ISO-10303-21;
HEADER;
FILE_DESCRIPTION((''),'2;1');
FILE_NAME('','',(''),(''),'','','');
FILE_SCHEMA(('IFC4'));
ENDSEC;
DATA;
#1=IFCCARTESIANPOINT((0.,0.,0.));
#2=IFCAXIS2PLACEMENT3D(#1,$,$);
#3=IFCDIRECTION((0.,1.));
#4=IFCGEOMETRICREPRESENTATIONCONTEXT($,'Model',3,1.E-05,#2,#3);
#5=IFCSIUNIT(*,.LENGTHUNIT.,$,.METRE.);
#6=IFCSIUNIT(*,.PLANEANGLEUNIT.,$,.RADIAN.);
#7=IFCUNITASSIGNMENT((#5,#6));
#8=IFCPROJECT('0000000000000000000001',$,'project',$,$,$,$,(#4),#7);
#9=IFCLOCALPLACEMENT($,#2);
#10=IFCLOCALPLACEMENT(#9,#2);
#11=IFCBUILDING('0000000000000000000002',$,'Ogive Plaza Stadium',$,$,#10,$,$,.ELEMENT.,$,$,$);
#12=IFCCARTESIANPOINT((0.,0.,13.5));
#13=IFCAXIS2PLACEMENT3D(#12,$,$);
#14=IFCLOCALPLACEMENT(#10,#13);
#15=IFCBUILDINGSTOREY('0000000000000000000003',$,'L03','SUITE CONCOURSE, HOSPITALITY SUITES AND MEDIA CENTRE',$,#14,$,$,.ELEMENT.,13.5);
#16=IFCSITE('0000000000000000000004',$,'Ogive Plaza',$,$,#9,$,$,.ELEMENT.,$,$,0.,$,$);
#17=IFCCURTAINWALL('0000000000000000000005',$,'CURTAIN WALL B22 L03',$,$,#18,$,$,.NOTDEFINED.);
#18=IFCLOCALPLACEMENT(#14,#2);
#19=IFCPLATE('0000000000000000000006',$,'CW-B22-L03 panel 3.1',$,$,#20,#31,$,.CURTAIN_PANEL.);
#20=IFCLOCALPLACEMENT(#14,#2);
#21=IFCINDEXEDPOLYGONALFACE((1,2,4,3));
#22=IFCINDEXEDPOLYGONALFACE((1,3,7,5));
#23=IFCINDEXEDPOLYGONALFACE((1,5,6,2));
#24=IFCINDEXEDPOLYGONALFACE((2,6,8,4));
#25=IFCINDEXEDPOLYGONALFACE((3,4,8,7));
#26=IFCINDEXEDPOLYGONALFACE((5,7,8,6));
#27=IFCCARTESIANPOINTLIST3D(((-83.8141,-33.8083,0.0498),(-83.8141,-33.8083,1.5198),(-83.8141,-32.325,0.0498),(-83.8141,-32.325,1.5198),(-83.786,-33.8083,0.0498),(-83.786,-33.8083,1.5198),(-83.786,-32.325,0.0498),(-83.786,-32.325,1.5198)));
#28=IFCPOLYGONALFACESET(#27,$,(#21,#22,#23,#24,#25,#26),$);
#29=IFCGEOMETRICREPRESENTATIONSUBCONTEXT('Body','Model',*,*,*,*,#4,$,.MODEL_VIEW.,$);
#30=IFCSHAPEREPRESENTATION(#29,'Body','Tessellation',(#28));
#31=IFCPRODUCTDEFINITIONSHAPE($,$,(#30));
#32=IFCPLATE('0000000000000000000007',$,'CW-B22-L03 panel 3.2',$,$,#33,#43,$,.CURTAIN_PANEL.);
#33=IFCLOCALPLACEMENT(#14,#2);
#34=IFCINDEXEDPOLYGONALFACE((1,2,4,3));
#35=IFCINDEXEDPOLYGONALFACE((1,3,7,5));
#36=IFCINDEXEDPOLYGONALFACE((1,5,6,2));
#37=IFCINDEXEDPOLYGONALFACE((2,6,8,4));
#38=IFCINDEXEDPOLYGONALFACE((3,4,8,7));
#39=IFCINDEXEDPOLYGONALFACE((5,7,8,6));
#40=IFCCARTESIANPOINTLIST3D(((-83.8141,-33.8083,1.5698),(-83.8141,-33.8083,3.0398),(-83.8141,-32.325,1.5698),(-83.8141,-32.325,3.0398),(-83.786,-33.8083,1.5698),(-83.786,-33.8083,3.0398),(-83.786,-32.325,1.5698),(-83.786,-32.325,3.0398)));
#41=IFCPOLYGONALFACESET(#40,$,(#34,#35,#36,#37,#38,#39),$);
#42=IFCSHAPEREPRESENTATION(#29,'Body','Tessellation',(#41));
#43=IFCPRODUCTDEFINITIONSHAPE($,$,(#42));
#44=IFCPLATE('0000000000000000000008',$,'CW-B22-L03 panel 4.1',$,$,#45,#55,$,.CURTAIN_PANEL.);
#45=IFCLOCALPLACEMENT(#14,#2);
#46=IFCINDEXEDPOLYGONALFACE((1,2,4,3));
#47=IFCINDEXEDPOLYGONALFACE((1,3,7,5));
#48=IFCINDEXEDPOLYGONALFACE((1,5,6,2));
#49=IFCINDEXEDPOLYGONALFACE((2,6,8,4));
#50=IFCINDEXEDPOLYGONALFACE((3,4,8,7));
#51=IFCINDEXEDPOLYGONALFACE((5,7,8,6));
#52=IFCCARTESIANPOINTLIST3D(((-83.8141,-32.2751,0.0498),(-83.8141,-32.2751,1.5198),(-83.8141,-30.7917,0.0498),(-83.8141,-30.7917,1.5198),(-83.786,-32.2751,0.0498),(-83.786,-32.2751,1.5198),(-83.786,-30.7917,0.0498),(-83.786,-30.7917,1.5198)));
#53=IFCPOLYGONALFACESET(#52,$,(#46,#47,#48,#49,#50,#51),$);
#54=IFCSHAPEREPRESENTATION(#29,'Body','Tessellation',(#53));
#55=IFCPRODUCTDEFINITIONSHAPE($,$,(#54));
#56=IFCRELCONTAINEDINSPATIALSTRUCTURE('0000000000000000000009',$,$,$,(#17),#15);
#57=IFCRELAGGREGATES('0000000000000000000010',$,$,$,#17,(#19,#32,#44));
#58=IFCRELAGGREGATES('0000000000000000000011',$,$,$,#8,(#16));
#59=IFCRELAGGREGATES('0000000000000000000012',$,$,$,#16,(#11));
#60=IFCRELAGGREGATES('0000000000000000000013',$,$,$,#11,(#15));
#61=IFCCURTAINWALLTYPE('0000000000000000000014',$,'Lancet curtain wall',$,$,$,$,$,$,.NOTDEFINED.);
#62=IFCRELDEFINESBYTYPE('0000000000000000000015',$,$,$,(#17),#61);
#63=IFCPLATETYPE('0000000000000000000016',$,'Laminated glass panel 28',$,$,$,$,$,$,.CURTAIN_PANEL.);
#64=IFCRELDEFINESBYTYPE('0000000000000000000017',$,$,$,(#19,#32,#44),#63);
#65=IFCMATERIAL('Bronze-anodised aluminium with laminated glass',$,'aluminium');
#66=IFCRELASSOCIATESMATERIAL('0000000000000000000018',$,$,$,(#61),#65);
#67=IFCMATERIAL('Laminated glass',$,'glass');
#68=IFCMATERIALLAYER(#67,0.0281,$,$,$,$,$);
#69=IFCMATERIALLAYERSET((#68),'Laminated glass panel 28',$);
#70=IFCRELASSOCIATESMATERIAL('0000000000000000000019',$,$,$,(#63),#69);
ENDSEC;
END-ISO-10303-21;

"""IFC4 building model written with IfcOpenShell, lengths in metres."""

from ifc_helpers import new_model, si_unit, direction, frame, origin, origin_2d, place, context, subcontext, project, spatial, rectangle, extrude, material, layer, layer_set, type_object, element, aggregate, save


model = new_model("IFC4")

# Units and contexts
model_context = context("Model", 3, precision=1e-05, world=origin(), true_north=direction((0.0, 1.0)))
body_context = subcontext(model_context, "Body", "Model", "MODEL_VIEW")
ifc_project = project(units=[si_unit("LENGTHUNIT", "METRE"), si_unit("PLANEANGLEUNIT", "RADIAN")], contexts=[model_context])

# Site, building, storey
site_placement = place(None, origin())
site = spatial("IfcSite", under=ifc_project, at=site_placement, Name="Ogive Plaza", CompositionType="ELEMENT", RefElevation=0.0)
building_placement = place(site_placement, origin())
building = spatial("IfcBuilding", under=site, at=building_placement, Name="Ogive Plaza Stadium", CompositionType="ELEMENT")
storey_placement = place(building_placement, frame((0.0, 0.0, 13.5)))
storey = spatial("IfcBuildingStorey", under=building, at=storey_placement, Name="L03", Description="SUITE CONCOURSE, HOSPITALITY SUITES AND MEDIA CENTRE", CompositionType="ELEMENT", Elevation=13.5)

# Shared definitions
ifc_material_1 = material(Name="Bronze-anodised aluminium with laminated glass", Category="aluminium")
curtain_wall_type = type_object("IfcCurtainWallType", Name="Lancet curtain wall", PredefinedType="NOTDEFINED", material=ifc_material_1)

# Curtain wall
curtain_wall_1_placement = place(storey_placement, origin())
curtain_wall_1 = element("IfcCurtainWall", 1, at=curtain_wall_1_placement, inside=storey, type_object=curtain_wall_type, Name="CURTAIN WALL B22 L03", PredefinedType="NOTDEFINED")

# Plates
ifc_material_2 = material(Name="Laminated glass", Category="glass")
ifc_layer = layer(ifc_material_2, 0.0281)
ifc_layer_set = layer_set([ifc_layer], Name="Laminated glass panel 28")
plate_type = type_object("IfcPlateType", Name="Laminated glass panel 28", PredefinedType="CURTAIN_PANEL", material=ifc_layer_set)
plate_1_placement = place(storey_placement, frame((-83.8, -33.0667, 0.0498), z_axis=(0.0, 0.0, 1.0), x_axis=(0.0, 1.0, 0.0)))
plate_1 = element("IfcPlate", 2, at=plate_1_placement, type_object=plate_type, Name="CW-B22-L03 panel 3.1", PredefinedType="CURTAIN_PANEL", context=body_context, shape_type="SweptSolid", body=[
    extrude(rectangle(XDim=1.4834, YDim=0.0281, at=origin_2d()), origin(), (0.0, 0.0, 1.0), 1.47),
])
plate_2_placement = place(storey_placement, frame((-83.8, -33.0667, 1.5698), z_axis=(0.0, 0.0, 1.0), x_axis=(0.0, 1.0, 0.0)))
plate_2 = element("IfcPlate", 3, at=plate_2_placement, type_object=plate_type, Name="CW-B22-L03 panel 3.2", PredefinedType="CURTAIN_PANEL", context=body_context, shape_type="SweptSolid", body=[
    extrude(rectangle(XDim=1.4834, YDim=0.0281, at=origin_2d()), origin(), (0.0, 0.0, 1.0), 1.47),
])
plate_3_placement = place(storey_placement, frame((-83.8, -31.5334, 0.0498), z_axis=(0.0, 0.0, 1.0), x_axis=(0.0, 1.0, 0.0)))
plate_3 = element("IfcPlate", 4, at=plate_3_placement, type_object=plate_type, Name="CW-B22-L03 panel 4.1", PredefinedType="CURTAIN_PANEL", context=body_context, shape_type="SweptSolid", body=[
    extrude(rectangle(XDim=1.4834, YDim=0.0281, at=origin_2d()), origin(), (0.0, 0.0, 1.0), 1.47),
])
aggregate(curtain_wall_1, [plate_1, plate_2, plate_3])

save(model, "model.ifc")
